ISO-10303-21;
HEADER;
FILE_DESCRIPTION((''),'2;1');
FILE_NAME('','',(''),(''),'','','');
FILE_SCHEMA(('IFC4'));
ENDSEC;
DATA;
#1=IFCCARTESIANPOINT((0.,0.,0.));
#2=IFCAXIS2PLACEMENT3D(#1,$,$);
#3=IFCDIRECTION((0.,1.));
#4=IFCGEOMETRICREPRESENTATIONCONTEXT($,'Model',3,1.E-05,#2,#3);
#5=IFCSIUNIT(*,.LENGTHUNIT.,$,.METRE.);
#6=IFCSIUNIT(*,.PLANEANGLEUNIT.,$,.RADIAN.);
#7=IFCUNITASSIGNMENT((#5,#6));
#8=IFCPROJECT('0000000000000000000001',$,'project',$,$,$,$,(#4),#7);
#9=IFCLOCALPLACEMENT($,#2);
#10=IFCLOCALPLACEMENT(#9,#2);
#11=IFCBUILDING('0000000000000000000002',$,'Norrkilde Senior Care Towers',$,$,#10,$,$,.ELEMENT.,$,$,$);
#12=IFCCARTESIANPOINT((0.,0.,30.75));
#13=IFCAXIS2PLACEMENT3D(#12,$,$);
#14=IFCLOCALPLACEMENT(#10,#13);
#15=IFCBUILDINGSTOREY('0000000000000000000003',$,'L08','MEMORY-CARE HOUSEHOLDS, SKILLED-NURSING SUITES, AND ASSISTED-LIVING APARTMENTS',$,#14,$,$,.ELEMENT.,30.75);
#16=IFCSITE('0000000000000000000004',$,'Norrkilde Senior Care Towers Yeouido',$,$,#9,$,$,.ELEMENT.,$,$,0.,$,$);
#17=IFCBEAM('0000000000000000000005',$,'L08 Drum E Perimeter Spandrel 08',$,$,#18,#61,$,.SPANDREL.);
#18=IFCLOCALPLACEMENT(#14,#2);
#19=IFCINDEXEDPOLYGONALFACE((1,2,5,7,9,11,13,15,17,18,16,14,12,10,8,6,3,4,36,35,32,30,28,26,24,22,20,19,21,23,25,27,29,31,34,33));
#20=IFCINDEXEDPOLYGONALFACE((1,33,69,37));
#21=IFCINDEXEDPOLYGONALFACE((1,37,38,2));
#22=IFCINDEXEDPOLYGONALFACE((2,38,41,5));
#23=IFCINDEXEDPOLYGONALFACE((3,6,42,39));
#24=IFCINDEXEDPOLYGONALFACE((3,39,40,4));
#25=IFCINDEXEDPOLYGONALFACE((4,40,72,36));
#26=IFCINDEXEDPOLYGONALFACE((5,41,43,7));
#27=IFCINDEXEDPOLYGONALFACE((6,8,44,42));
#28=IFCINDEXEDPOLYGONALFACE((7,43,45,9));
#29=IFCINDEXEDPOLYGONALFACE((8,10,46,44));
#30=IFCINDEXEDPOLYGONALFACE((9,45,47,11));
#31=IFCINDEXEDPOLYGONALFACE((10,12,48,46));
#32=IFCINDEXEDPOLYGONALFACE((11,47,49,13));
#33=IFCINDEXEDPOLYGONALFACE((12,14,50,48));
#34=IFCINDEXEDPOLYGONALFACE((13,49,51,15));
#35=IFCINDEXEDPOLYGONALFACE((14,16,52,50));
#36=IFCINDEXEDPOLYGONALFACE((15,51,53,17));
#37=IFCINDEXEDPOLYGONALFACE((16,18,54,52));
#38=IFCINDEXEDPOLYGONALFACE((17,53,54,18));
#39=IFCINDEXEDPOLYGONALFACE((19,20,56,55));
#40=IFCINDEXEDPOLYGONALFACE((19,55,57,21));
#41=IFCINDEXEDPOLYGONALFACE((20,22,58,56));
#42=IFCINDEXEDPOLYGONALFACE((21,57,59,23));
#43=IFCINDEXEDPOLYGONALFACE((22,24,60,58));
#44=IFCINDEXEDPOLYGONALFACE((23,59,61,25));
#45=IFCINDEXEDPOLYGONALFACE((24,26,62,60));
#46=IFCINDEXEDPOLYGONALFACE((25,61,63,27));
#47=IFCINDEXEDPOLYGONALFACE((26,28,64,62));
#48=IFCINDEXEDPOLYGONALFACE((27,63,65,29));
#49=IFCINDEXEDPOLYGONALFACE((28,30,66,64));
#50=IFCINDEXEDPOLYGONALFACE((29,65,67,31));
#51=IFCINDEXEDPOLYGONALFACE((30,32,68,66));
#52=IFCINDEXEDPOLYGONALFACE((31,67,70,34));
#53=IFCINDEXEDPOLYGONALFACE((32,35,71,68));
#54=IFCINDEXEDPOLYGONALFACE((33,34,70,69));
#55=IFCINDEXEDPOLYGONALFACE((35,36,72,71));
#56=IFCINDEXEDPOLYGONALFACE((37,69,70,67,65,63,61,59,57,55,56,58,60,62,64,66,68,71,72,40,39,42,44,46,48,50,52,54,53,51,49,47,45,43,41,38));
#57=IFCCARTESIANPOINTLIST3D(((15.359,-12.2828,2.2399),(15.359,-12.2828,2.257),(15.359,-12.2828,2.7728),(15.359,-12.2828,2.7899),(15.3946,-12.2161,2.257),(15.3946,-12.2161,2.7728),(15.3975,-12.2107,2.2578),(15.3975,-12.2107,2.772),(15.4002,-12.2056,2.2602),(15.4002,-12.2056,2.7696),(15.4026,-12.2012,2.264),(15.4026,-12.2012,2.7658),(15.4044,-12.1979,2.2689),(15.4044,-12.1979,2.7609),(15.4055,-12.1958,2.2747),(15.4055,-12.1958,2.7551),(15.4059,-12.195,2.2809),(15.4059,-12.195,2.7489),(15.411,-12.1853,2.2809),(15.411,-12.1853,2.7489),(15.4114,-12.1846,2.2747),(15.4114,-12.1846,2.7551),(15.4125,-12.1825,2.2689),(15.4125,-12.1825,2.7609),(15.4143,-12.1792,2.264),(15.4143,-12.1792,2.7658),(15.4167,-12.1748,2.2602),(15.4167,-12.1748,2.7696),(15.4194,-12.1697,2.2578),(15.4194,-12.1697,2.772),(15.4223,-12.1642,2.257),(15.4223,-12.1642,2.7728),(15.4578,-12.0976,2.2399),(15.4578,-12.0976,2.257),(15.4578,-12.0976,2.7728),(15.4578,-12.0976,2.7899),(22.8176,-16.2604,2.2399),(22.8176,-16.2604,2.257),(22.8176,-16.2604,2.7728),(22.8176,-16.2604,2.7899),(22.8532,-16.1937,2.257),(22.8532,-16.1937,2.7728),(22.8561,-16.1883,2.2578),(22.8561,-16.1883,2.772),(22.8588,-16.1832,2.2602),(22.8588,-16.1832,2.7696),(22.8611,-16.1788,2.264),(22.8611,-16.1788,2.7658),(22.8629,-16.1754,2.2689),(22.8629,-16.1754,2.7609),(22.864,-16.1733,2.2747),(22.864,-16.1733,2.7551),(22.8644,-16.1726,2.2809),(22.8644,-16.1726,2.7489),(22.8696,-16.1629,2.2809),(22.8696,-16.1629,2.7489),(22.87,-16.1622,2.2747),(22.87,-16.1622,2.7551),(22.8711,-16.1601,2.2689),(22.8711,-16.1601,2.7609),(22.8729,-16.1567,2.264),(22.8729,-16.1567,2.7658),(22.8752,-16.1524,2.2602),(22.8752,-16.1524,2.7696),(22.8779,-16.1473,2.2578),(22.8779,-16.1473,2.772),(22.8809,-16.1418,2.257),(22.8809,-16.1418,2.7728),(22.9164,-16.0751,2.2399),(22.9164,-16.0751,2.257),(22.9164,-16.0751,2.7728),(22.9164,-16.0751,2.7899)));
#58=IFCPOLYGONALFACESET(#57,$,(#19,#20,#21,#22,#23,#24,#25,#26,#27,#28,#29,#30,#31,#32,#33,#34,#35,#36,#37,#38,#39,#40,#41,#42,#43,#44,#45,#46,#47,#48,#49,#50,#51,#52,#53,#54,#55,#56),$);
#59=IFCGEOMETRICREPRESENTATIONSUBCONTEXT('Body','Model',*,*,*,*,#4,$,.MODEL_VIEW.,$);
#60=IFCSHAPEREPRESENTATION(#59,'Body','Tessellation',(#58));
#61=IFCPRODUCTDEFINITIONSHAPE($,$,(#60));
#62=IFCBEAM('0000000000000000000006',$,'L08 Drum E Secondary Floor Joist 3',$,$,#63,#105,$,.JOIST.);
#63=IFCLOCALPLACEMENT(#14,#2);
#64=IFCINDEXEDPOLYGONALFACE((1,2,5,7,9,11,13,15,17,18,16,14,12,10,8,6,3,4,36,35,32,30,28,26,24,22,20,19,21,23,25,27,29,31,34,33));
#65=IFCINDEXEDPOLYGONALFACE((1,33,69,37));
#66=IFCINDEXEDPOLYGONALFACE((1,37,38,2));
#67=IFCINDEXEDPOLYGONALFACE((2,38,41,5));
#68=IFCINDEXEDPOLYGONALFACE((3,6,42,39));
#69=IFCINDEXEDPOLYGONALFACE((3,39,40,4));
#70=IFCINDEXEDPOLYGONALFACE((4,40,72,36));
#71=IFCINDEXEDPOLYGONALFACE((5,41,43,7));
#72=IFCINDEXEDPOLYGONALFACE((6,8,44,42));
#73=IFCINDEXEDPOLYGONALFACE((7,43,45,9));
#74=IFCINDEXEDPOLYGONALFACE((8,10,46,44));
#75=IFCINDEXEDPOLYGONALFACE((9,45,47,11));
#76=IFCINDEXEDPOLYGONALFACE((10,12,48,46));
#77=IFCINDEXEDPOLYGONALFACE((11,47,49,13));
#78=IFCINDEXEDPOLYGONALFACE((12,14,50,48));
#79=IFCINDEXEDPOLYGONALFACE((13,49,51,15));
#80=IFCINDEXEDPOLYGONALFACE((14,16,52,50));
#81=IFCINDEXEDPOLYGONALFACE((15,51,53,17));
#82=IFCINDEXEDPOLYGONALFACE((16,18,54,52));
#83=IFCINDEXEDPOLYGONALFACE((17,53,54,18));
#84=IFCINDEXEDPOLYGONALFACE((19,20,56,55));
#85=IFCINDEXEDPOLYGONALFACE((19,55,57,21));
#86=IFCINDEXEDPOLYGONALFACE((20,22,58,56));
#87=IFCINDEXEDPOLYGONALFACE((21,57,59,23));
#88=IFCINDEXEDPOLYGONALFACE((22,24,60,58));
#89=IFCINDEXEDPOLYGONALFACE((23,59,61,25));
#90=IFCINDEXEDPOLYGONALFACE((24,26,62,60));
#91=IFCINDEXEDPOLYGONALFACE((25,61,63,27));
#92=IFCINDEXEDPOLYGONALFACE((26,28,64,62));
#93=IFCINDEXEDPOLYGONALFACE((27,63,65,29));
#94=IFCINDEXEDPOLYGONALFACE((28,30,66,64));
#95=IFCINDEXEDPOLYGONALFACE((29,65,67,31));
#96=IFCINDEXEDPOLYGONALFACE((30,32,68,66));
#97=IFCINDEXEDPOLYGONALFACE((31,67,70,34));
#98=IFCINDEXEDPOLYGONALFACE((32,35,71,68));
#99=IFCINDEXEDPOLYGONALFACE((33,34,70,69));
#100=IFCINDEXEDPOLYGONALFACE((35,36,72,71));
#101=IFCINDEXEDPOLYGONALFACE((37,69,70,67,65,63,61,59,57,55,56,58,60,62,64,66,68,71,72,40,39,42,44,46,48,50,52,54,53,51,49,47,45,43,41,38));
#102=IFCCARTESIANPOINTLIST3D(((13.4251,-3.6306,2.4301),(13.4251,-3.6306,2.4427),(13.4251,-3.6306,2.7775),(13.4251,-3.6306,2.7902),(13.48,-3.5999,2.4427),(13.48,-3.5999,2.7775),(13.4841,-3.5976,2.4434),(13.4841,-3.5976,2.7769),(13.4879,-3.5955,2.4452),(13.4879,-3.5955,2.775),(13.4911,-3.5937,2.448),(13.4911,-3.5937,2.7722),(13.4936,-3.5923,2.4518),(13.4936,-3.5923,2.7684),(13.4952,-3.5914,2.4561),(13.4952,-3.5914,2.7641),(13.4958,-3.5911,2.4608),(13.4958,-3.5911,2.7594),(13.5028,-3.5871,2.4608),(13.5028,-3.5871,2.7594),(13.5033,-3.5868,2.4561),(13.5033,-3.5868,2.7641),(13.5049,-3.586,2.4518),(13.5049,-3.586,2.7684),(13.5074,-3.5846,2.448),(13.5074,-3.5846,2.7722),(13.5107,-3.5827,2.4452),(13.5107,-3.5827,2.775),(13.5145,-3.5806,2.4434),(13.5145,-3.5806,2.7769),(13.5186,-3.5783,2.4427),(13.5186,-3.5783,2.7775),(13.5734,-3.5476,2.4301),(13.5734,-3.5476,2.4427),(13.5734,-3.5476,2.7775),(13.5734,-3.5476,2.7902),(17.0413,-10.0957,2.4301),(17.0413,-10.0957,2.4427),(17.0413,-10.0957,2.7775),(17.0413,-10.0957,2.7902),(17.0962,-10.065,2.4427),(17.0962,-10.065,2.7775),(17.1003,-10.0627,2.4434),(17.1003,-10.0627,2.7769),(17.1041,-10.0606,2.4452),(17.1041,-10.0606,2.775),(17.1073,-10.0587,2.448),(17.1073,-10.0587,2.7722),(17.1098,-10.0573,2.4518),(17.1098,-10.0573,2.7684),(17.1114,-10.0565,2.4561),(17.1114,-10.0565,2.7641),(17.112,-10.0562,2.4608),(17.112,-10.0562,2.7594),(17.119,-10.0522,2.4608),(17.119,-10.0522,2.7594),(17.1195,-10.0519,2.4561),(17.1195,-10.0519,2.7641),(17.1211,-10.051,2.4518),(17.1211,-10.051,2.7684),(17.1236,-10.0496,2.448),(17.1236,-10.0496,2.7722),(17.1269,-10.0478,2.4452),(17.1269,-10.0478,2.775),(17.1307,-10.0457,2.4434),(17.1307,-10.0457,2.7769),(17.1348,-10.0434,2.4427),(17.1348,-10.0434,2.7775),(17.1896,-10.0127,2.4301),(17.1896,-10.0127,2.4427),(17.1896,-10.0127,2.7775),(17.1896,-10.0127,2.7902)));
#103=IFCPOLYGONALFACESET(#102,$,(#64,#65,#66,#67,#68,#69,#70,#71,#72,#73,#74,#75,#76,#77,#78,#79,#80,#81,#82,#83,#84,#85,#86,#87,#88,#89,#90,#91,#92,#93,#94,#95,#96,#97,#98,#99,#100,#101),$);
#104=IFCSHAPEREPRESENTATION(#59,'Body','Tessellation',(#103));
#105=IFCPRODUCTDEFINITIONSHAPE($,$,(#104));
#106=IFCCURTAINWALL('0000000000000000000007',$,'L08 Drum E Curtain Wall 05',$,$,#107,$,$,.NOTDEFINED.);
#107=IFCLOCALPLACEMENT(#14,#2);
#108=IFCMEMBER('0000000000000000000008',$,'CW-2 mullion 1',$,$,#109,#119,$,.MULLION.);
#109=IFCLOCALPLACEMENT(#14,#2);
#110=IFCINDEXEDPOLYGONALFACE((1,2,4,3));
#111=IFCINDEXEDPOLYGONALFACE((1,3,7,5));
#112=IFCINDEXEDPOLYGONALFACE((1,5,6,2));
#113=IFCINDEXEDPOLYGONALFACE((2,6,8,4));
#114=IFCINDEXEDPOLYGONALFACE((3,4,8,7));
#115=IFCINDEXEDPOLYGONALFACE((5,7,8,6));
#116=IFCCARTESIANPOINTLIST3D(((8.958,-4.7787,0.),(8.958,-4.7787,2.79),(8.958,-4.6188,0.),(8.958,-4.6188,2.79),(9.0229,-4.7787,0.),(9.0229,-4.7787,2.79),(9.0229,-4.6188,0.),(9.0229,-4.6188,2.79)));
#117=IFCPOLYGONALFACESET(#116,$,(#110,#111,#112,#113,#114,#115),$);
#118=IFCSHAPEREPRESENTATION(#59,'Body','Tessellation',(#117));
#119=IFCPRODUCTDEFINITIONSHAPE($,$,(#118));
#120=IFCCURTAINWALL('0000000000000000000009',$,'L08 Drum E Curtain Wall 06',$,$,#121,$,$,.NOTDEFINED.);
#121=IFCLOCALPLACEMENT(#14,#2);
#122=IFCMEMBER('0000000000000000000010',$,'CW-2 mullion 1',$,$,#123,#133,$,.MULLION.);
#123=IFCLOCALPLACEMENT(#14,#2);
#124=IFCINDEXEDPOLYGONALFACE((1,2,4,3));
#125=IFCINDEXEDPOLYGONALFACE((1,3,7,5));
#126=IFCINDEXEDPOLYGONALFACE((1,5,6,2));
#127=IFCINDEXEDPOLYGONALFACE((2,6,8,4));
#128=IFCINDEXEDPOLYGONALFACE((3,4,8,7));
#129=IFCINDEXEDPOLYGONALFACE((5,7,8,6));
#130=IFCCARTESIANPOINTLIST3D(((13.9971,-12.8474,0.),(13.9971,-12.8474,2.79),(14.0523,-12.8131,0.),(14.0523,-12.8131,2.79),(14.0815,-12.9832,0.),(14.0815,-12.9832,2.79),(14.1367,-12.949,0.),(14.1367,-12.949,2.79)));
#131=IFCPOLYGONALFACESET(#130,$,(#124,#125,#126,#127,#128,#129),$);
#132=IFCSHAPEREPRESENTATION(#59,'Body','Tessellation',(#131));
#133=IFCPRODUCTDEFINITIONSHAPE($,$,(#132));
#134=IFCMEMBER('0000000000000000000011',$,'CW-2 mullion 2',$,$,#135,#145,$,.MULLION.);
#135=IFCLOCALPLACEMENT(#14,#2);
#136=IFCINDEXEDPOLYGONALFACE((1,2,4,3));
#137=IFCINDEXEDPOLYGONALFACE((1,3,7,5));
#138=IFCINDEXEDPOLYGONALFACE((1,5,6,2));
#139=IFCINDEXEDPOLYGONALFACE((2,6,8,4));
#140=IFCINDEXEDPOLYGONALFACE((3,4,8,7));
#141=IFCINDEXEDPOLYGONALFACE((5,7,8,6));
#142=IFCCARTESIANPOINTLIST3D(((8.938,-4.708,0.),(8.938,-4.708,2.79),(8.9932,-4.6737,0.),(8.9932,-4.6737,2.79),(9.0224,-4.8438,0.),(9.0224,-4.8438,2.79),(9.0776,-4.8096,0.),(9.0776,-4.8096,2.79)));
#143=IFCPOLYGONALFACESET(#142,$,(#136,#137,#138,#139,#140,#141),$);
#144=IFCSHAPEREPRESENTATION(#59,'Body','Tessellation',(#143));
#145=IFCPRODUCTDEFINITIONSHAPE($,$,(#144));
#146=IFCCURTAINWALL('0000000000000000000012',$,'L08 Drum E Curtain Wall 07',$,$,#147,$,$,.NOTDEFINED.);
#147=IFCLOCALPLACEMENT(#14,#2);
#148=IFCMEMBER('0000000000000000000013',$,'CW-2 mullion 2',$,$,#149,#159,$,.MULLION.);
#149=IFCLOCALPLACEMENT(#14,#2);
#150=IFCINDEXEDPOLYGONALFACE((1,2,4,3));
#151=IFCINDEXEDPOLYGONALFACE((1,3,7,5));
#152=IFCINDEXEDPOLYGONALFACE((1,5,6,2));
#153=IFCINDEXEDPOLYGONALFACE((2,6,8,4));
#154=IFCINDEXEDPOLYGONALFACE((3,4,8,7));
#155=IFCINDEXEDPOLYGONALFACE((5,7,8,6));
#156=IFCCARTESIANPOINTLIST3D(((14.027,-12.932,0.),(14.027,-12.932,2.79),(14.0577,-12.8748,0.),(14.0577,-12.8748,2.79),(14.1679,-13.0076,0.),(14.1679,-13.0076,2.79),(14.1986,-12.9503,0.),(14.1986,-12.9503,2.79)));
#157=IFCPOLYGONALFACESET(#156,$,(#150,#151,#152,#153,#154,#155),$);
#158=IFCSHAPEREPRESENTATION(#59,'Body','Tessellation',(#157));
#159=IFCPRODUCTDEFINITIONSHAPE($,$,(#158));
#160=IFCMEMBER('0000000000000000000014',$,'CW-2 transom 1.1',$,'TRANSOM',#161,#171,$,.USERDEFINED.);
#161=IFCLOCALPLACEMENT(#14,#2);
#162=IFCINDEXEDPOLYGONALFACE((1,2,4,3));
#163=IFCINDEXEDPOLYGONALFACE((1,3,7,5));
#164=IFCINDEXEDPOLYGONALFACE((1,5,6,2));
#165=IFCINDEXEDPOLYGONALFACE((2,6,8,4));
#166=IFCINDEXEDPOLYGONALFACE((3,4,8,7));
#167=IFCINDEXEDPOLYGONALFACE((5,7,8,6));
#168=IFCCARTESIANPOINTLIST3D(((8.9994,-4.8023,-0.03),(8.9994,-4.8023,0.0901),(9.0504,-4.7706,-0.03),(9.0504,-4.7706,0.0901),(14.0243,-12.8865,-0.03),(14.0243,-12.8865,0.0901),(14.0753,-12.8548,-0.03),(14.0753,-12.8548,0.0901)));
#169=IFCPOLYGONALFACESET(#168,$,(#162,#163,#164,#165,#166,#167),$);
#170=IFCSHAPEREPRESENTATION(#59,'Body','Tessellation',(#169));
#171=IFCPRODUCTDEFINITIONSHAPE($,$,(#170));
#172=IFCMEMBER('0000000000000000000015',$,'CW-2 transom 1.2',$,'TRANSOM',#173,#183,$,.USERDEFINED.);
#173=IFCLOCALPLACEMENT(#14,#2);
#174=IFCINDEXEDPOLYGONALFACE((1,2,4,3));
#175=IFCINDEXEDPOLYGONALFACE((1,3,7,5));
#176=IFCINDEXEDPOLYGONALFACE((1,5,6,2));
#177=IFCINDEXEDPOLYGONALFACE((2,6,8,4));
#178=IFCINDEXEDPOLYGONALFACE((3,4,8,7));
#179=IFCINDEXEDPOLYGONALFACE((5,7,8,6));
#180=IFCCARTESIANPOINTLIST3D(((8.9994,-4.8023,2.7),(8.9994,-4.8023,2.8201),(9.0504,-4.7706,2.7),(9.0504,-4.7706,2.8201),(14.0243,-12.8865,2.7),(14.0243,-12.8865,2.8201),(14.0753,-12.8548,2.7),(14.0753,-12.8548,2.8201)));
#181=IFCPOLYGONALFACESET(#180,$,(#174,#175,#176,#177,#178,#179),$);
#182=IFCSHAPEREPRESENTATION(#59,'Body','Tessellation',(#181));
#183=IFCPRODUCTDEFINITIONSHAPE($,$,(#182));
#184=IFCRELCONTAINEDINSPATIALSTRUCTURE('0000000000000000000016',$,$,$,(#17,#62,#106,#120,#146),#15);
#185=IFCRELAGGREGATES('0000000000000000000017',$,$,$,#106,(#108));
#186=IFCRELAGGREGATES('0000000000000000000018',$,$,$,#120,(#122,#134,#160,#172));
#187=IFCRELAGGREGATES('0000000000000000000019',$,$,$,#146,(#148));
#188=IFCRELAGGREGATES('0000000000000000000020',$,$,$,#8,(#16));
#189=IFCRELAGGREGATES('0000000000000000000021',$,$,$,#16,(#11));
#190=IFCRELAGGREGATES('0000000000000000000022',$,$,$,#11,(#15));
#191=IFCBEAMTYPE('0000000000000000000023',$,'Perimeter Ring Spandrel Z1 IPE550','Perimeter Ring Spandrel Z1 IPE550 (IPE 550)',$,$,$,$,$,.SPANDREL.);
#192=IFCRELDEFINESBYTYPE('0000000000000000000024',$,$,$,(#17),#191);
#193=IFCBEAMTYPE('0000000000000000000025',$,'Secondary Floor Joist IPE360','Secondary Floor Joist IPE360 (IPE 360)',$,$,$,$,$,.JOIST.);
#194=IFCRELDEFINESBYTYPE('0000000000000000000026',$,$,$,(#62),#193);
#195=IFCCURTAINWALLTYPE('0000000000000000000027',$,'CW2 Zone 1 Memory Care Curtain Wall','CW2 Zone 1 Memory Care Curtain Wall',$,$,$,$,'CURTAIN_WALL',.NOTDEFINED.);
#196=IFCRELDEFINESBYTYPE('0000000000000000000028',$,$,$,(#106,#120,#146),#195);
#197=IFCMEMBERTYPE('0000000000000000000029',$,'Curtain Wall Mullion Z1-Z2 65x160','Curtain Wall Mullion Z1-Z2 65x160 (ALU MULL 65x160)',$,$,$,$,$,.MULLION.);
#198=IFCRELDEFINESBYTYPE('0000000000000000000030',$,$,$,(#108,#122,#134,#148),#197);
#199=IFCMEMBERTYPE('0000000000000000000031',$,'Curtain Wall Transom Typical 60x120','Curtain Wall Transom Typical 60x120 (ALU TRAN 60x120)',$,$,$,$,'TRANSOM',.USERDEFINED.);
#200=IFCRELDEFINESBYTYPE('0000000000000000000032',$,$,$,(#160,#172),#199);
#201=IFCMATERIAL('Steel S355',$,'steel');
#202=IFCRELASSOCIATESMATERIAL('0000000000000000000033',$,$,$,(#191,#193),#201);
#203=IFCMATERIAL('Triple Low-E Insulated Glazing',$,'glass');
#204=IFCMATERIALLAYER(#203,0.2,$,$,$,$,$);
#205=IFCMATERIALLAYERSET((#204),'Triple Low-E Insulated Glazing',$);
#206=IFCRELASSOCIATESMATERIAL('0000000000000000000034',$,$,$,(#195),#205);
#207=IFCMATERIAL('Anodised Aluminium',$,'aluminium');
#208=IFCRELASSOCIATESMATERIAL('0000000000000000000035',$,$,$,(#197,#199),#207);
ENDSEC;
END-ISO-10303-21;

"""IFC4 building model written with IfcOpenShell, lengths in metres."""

from ifc_helpers import new_model, si_unit, direction, frame, origin, origin_2d, place, context, subcontext, project, spatial, rectangle, i_section, extrude, source, transform, mapped, material, layer, layer_set, material_profile, profile_set, type_object, type_shapes, element, aggregate, save


model = new_model("IFC4")

# Units and contexts
model_context = context("Model", 3, precision=1e-05, world=origin(), true_north=direction((0.0, 1.0)))
body_context = subcontext(model_context, "Body", "Model", "MODEL_VIEW")
ifc_project = project(units=[si_unit("LENGTHUNIT", "METRE"), si_unit("PLANEANGLEUNIT", "RADIAN")], contexts=[model_context])

# Site, building, storey
site_placement = place(None, origin())
site = spatial("IfcSite", under=ifc_project, at=site_placement, Name="Norrkilde Senior Care Towers Yeouido", CompositionType="ELEMENT", RefElevation=0.0)
building_placement = place(site_placement, origin())
building = spatial("IfcBuilding", under=site, at=building_placement, Name="Norrkilde Senior Care Towers", CompositionType="ELEMENT")
storey_placement = place(building_placement, frame((0.0, 0.0, 30.75)))
storey = spatial("IfcBuildingStorey", under=building, at=storey_placement, Name="L08", Description="MEMORY-CARE HOUSEHOLDS, SKILLED-NURSING SUITES, AND ASSISTED-LIVING APARTMENTS", CompositionType="ELEMENT", Elevation=30.75)

# Beams
ifc_material_1 = material(Name="Steel S355", Category="steel")
ifc_material_profile_1 = material_profile(ifc_material_1, i_section(OverallWidth=0.21, OverallDepth=0.55, WebThickness=0.011, FlangeThickness=0.0171, FilletRadius=0.0239, at=origin_2d()), Name="IPE 550")
ifc_profile_set_1 = profile_set([ifc_material_profile_1], Name="Steel S355")
beam_type_1 = type_object("IfcBeamType", Name="Perimeter Ring Spandrel Z1 IPE550", Description="Perimeter Ring Spandrel Z1 IPE550 (IPE 550)", PredefinedType="SPANDREL", material=ifc_profile_set_1)
shared_shape_1 = source(origin(), body_context, "Body", "SweptSolid", [
    extrude(i_section(OverallWidth=0.21, OverallDepth=0.55, WebThickness=0.011, FlangeThickness=0.0171, FilletRadius=0.0239, at=origin_2d()), origin(), (0.0, 0.0, 1.0), 8.4529),
])
beam_1_placement = place(storey_placement, frame((15.4084, -12.1902, 2.5149), z_axis=(0.882369, -0.470558, 0.0), x_axis=(0.470558, 0.882369, 0.0)))
element("IfcBeam", 1, at=beam_1_placement, inside=storey, type_object=beam_type_1, Name="L08 Drum E Perimeter Spandrel 08", PredefinedType="SPANDREL", context=body_context, shape_type="MappedRepresentation", body=[
    mapped(shared_shape_1, transform((0.0, 0.0, 0.0), x_axis=(1.0, 0.0, 0.0), y_axis=(0.0, 1.0, 0.0), z_axis=(0.0, 0.0, 1.0), scale=1.0)),
])
ifc_material_profile_2 = material_profile(ifc_material_1, i_section(OverallWidth=0.1699, OverallDepth=0.3601, WebThickness=0.0081, FlangeThickness=0.0127, FilletRadius=0.0181, at=origin_2d()), Name="IPE 360")
ifc_profile_set_2 = profile_set([ifc_material_profile_2], Name="Steel S355")
beam_type_2 = type_object("IfcBeamType", Name="Secondary Floor Joist IPE360", Description="Secondary Floor Joist IPE360 (IPE 360)", PredefinedType="JOIST", material=ifc_profile_set_2)
shared_shape_2 = source(origin(), body_context, "Body", "SweptSolid", [
    extrude(i_section(OverallWidth=0.1699, OverallDepth=0.3601, WebThickness=0.0081, FlangeThickness=0.0127, FilletRadius=0.0181, at=origin_2d()), origin(), (0.0, 0.0, 1.0), 7.4077),
])
type_shapes(beam_type_2, [shared_shape_2])
beam_2_placement = place(storey_placement, frame((13.4993, -3.5891, 2.6101), z_axis=(0.488168, -0.87275, 0.0), x_axis=(0.87275, 0.488168, 0.0)))
element("IfcBeam", 2, at=beam_2_placement, inside=storey, type_object=beam_type_2, Name="L08 Drum E Secondary Floor Joist 3", PredefinedType="JOIST", context=body_context, shape_type="MappedRepresentation", body=[
    mapped(shared_shape_2, transform((0.0, 0.0, 0.0), x_axis=(1.0, 0.0, 0.0), y_axis=(0.0, 1.0, 0.0), z_axis=(0.0, 0.0, 1.0), scale=1.0)),
])

# Curtain wall, member
ifc_material_2 = material(Name="Triple Low-E Insulated Glazing", Category="glass")
ifc_layer_1 = layer(ifc_material_2, 0.2)
ifc_layer_set_1 = layer_set([ifc_layer_1], Name="Triple Low-E Insulated Glazing")
curtain_wall_type = type_object("IfcCurtainWallType", Name="CW2 Zone 1 Memory Care Curtain Wall", Description="CW2 Zone 1 Memory Care Curtain Wall", ElementType="CURTAIN_WALL", PredefinedType="NOTDEFINED", material=ifc_layer_set_1)
curtain_wall_1_placement = place(storey_placement, origin())
curtain_wall_1 = element("IfcCurtainWall", 3, at=curtain_wall_1_placement, inside=storey, type_object=curtain_wall_type, Name="L08 Drum E Curtain Wall 05", PredefinedType="NOTDEFINED")
ifc_material_3 = material(Name="Anodised Aluminium", Category="aluminium")
ifc_material_profile_3 = material_profile(ifc_material_3, rectangle(XDim=0.0649, YDim=0.1599, at=origin_2d()), Name="ALU MULL 65x160")
ifc_profile_set_3 = profile_set([ifc_material_profile_3], Name="Anodised Aluminium")
member_type_1 = type_object("IfcMemberType", Name="Curtain Wall Mullion Z1-Z2 65x160", Description="Curtain Wall Mullion Z1-Z2 65x160 (ALU MULL 65x160)", PredefinedType="MULLION", material=ifc_profile_set_3)
shared_shape_3 = source(origin(), body_context, "Body", "SweptSolid", [
    extrude(rectangle(XDim=0.0649, YDim=0.1599, at=origin_2d()), origin(), (0.0, 0.0, 1.0), 2.79),
])
type_shapes(member_type_1, [shared_shape_3])
member_1_placement = place(storey_placement, frame((8.9905, -4.6987, 0.0), z_axis=(0.0, 0.0, 1.0), x_axis=(-1.0, 0.0, 0.0)))
member_1 = element("IfcMember", 4, at=member_1_placement, type_object=member_type_1, Name="CW-2 mullion 1", PredefinedType="MULLION", context=body_context, shape_type="MappedRepresentation", body=[
    mapped(shared_shape_3, transform((0.0, 0.0, 0.0), x_axis=(1.0, 0.0, 0.0), y_axis=(0.0, 1.0, 0.0), z_axis=(0.0, 0.0, 1.0), scale=1.0)),
])

# Curtain wall, members
curtain_wall_2_placement = place(storey_placement, origin())
curtain_wall_2 = element("IfcCurtainWall", 5, at=curtain_wall_2_placement, inside=storey, type_object=curtain_wall_type, Name="L08 Drum E Curtain Wall 06", PredefinedType="NOTDEFINED")
member_2_placement = place(storey_placement, frame((14.0669, -12.8982, 0.0), z_axis=(0.0, 0.0, 1.0), x_axis=(-0.849306, -0.527901, 0.0)))
member_2 = element("IfcMember", 6, at=member_2_placement, type_object=member_type_1, Name="CW-2 mullion 1", PredefinedType="MULLION", context=body_context, shape_type="MappedRepresentation", body=[
    mapped(shared_shape_3, transform((0.0, 0.0, 0.0), x_axis=(1.0, 0.0, 0.0), y_axis=(0.0, 1.0, 0.0), z_axis=(0.0, 0.0, 1.0), scale=1.0)),
])
member_3_placement = place(storey_placement, frame((9.0078, -4.7588, 0.0), z_axis=(0.0, 0.0, 1.0), x_axis=(-0.849306, -0.527901, 0.0)))
member_3 = element("IfcMember", 7, at=member_3_placement, type_object=member_type_1, Name="CW-2 mullion 2", PredefinedType="MULLION", context=body_context, shape_type="MappedRepresentation", body=[
    mapped(shared_shape_3, transform((0.0, 0.0, 0.0), x_axis=(1.0, 0.0, 0.0), y_axis=(0.0, 1.0, 0.0), z_axis=(0.0, 0.0, 1.0), scale=1.0)),
])

# Curtain wall, member
curtain_wall_3_placement = place(storey_placement, origin())
curtain_wall_3 = element("IfcCurtainWall", 8, at=curtain_wall_3_placement, inside=storey, type_object=curtain_wall_type, Name="L08 Drum E Curtain Wall 07", PredefinedType="NOTDEFINED")
member_4_placement = place(storey_placement, frame((14.1128, -12.9412, 0.0), z_axis=(0.0, 0.0, 1.0), x_axis=(-0.472608, -0.881273, 0.0)))
member_4 = element("IfcMember", 9, at=member_4_placement, type_object=member_type_1, Name="CW-2 mullion 2", PredefinedType="MULLION", context=body_context, shape_type="MappedRepresentation", body=[
    mapped(shared_shape_3, transform((0.0, 0.0, 0.0), x_axis=(1.0, 0.0, 0.0), y_axis=(0.0, 1.0, 0.0), z_axis=(0.0, 0.0, 1.0), scale=1.0)),
])

# Members
ifc_material_profile_4 = material_profile(ifc_material_3, rectangle(XDim=0.0601, YDim=0.1201, at=origin_2d()), Name="ALU TRAN 60x120")
ifc_profile_set_4 = profile_set([ifc_material_profile_4], Name="Anodised Aluminium")
member_type_2 = type_object("IfcMemberType", Name="Curtain Wall Transom Typical 60x120", Description="Curtain Wall Transom Typical 60x120 (ALU TRAN 60x120)", ElementType="TRANSOM", PredefinedType="USERDEFINED", material=ifc_profile_set_4)
shared_shape_4 = source(origin(), body_context, "Body", "SweptSolid", [
    extrude(rectangle(XDim=0.0601, YDim=0.1201, at=origin_2d()), origin(), (0.0, 0.0, 1.0), 9.5186),
])
member_5_placement = place(storey_placement, frame((14.0498, -12.8706, 0.03), z_axis=(-0.527902, 0.849306, 0.0), x_axis=(-0.849306, -0.527902, 0.0)))
member_5 = element("IfcMember", 10, at=member_5_placement, type_object=member_type_2, Name="CW-2 transom 1.1", ObjectType="TRANSOM", PredefinedType="USERDEFINED", context=body_context, shape_type="MappedRepresentation", body=[
    mapped(shared_shape_4, transform((0.0, 0.0, 0.0), x_axis=(1.0, 0.0, 0.0), y_axis=(0.0, 1.0, 0.0), z_axis=(0.0, 0.0, 1.0), scale=1.0)),
])
member_6_placement = place(storey_placement, frame((14.0498, -12.8706, 2.76), z_axis=(-0.527902, 0.849306, 0.0), x_axis=(-0.849306, -0.527902, 0.0)))
member_6 = element("IfcMember", 11, at=member_6_placement, type_object=member_type_2, Name="CW-2 transom 1.2", ObjectType="TRANSOM", PredefinedType="USERDEFINED", context=body_context, shape_type="MappedRepresentation", body=[
    mapped(shared_shape_4, transform((0.0, 0.0, 0.0), x_axis=(1.0, 0.0, 0.0), y_axis=(0.0, 1.0, 0.0), z_axis=(0.0, 0.0, 1.0), scale=1.0)),
])
aggregate(curtain_wall_1, [member_1])

aggregate(curtain_wall_2, [member_2, member_3, member_5, member_6])
aggregate(curtain_wall_3, [member_4])

save(model, "model.ifc")
